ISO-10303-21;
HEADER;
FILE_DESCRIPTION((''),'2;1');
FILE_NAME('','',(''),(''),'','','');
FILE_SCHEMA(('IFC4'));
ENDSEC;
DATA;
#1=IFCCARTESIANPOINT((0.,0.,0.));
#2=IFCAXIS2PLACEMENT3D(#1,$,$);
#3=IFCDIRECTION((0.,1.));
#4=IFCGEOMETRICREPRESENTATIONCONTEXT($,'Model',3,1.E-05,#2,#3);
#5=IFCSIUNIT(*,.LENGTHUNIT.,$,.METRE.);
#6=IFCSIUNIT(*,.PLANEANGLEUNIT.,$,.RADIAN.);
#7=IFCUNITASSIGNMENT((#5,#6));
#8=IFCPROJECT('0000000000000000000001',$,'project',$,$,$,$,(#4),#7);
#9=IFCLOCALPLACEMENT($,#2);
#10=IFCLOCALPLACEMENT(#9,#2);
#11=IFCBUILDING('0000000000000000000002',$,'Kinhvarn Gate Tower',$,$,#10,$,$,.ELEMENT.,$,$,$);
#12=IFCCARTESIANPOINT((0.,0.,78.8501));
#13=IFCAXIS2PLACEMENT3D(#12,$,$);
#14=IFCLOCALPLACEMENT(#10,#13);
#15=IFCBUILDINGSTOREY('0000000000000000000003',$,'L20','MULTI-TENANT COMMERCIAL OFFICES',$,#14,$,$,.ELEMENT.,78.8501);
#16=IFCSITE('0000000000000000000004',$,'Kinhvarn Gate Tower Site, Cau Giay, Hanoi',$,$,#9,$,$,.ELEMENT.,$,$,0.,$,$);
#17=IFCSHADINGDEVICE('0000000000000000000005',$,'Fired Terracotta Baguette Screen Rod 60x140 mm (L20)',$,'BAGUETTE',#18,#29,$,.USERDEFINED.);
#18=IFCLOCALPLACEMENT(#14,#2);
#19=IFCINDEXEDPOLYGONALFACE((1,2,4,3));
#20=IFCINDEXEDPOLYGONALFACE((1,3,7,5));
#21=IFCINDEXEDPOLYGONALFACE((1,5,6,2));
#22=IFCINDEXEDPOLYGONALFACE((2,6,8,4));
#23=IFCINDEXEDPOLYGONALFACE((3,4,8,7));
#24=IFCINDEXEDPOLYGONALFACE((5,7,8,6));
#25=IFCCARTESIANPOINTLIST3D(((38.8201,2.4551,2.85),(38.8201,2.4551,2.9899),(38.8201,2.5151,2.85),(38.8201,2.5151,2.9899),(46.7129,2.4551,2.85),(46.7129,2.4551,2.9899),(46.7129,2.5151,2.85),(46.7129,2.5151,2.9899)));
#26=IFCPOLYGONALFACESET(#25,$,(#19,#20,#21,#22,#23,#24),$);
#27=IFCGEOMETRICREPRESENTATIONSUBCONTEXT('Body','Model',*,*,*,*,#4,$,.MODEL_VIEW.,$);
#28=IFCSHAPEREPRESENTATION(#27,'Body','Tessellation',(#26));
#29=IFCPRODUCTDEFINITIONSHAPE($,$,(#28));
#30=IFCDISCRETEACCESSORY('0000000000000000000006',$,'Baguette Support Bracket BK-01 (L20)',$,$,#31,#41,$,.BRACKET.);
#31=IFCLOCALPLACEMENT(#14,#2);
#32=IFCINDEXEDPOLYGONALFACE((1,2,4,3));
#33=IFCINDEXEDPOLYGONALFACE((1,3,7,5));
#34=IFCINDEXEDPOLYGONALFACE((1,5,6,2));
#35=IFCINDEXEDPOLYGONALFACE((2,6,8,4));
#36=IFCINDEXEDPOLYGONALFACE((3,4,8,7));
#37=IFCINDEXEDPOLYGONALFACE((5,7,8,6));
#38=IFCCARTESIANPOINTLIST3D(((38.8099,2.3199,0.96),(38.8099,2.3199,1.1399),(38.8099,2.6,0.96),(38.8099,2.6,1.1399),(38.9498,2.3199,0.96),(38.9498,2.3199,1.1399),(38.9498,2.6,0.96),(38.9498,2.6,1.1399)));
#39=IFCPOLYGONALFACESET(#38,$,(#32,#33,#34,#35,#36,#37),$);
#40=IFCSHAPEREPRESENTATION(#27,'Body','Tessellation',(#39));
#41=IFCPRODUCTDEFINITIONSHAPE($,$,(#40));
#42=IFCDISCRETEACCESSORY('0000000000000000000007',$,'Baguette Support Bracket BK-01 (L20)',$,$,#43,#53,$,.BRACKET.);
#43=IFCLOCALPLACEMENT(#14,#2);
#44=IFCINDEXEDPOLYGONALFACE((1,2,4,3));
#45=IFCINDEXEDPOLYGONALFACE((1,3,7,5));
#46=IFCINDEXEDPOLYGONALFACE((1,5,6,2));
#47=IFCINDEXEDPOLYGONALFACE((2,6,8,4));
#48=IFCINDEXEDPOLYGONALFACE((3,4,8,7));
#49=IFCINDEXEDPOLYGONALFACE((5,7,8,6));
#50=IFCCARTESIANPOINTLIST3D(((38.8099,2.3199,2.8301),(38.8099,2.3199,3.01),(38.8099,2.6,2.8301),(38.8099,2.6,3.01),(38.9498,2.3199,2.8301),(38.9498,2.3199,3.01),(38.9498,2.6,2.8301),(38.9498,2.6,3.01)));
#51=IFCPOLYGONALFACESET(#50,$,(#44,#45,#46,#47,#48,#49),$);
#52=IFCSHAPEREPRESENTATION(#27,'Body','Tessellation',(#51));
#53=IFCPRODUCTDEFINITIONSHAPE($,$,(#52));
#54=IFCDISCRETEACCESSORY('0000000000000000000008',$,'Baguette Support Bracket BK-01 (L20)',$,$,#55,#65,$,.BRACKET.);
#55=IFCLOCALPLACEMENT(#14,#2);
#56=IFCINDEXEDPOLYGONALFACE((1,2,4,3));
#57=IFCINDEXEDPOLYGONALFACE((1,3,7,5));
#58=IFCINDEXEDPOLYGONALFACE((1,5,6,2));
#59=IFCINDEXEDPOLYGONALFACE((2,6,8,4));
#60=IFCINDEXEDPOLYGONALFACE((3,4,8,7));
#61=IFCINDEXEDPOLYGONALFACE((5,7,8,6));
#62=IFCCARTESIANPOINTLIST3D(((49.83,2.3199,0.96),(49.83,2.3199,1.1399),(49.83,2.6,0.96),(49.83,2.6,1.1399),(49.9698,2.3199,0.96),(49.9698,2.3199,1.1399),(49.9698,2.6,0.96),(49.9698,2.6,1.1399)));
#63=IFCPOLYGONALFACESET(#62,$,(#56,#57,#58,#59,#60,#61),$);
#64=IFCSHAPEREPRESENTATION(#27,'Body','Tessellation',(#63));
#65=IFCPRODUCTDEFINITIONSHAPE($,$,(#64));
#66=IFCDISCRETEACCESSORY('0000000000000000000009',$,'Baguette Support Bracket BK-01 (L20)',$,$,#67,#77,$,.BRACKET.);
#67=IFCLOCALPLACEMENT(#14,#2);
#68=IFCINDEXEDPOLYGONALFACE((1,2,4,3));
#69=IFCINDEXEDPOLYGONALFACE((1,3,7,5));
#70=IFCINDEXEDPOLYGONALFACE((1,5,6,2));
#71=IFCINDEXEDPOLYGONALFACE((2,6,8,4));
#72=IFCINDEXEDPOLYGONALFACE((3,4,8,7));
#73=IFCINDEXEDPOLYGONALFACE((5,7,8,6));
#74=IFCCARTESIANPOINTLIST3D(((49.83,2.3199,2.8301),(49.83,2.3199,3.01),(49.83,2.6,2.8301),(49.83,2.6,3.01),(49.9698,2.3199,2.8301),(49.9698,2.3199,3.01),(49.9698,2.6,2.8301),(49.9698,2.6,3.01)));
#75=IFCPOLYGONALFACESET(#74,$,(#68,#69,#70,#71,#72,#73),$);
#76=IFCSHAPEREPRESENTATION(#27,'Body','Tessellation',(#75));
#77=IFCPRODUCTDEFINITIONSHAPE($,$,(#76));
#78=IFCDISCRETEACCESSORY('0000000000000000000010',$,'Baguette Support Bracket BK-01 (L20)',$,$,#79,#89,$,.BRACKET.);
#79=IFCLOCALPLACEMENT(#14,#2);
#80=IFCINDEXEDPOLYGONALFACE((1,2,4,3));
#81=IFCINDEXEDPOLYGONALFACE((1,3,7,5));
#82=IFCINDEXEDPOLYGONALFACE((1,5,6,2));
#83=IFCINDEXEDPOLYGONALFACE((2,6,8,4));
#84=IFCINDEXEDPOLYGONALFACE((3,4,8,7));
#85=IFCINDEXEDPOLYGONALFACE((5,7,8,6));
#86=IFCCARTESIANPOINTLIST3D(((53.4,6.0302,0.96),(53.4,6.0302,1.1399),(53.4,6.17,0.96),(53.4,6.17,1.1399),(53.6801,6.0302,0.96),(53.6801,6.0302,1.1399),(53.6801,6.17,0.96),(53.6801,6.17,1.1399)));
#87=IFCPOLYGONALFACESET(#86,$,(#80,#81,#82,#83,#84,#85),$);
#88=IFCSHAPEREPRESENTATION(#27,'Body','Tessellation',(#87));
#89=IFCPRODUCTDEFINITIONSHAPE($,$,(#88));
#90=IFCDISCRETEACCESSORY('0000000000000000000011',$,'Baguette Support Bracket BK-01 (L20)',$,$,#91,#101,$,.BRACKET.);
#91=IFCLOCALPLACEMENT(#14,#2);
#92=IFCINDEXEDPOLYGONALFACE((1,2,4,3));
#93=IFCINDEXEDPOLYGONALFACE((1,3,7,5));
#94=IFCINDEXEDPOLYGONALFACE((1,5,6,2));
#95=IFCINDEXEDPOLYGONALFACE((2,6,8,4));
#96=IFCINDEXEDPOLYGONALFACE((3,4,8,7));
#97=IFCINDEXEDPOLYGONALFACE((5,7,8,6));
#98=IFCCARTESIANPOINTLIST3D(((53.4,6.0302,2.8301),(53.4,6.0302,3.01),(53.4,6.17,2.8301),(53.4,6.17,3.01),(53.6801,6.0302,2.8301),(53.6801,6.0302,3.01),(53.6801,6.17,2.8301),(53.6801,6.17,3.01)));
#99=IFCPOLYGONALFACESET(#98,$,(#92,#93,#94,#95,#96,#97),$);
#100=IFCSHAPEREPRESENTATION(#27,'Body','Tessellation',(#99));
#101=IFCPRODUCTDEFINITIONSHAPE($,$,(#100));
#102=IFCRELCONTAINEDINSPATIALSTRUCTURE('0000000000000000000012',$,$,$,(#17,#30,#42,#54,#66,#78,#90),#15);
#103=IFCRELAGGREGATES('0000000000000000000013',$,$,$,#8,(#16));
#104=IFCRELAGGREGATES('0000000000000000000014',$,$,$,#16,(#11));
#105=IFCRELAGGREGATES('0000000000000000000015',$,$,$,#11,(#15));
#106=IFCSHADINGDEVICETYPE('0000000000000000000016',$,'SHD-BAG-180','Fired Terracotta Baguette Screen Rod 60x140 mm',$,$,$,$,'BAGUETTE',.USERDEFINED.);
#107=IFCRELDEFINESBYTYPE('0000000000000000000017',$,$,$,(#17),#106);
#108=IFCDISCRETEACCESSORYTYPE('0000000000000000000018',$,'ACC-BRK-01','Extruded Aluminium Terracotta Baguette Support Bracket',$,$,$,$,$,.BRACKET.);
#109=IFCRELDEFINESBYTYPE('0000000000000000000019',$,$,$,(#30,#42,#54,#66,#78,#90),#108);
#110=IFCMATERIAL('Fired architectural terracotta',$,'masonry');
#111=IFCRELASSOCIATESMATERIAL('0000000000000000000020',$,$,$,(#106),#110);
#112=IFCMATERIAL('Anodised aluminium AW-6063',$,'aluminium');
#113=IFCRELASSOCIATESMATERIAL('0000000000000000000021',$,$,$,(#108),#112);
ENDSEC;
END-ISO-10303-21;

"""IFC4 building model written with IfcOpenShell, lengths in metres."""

from ifc_helpers import new_model, si_unit, direction, frame, origin, origin_2d, place, context, subcontext, project, spatial, rectangle, extrude, material, material_profile, profile_set, type_object, element, save


model = new_model("IFC4")

# Units and contexts
model_context = context("Model", 3, precision=1e-05, world=origin(), true_north=direction((0.0, 1.0)))
body_context = subcontext(model_context, "Body", "Model", "MODEL_VIEW")
ifc_project = project(units=[si_unit("LENGTHUNIT", "METRE"), si_unit("PLANEANGLEUNIT", "RADIAN")], contexts=[model_context])

# Site, building, storey
site_placement = place(None, origin())
site = spatial("IfcSite", under=ifc_project, at=site_placement, Name="Kinhvarn Gate Tower Site, Cau Giay, Hanoi", CompositionType="ELEMENT", RefElevation=0.0)
building_placement = place(site_placement, origin())
building = spatial("IfcBuilding", under=site, at=building_placement, Name="Kinhvarn Gate Tower", CompositionType="ELEMENT")
storey_placement = place(building_placement, frame((0.0, 0.0, 78.8501)))
storey = spatial("IfcBuildingStorey", under=building, at=storey_placement, Name="L20", Description="MULTI-TENANT COMMERCIAL OFFICES", CompositionType="ELEMENT", Elevation=78.8501)

# Shared definitions
ifc_material_1 = material(Name="Anodised aluminium AW-6063", Category="aluminium")

# Shared definitions
ifc_material_2 = material(Name="Fired architectural terracotta", Category="masonry")

# Shading device
ifc_material_profile_1 = material_profile(ifc_material_2, rectangle(XDim=0.0601, YDim=0.1399, at=origin_2d()), Name="TC 60x140")
ifc_profile_set_1 = profile_set([ifc_material_profile_1], Name="Fired architectural terracotta")
shading_device_type = type_object("IfcShadingDeviceType", Name="SHD-BAG-180", Description="Fired Terracotta Baguette Screen Rod 60x140 mm", ElementType="BAGUETTE", PredefinedType="USERDEFINED", material=ifc_profile_set_1)
for number, where, z_axis, x_axis, name in (
    (1, (38.8201, 2.4851, 2.9199), (1.0, 0.0, 0.0), (0.0, 1.0, 0.0), "Fired Terracotta Baguette Screen Rod 60x140 mm (L20)"),
):
    element("IfcShadingDevice", number, at=place(storey_placement, frame(where, z_axis=z_axis, x_axis=x_axis)), inside=storey, type_object=shading_device_type, Name=name, ObjectType="BAGUETTE", PredefinedType="USERDEFINED", context=body_context, shape_type="SweptSolid", body=[
        extrude(rectangle(XDim=0.0601, YDim=0.1399, at=origin_2d()), origin(), (0.0, 0.0, 1.0), 7.8928),
    ])

# Discrete accessories
discrete_accessory_type = type_object("IfcDiscreteAccessoryType", Name="ACC-BRK-01", Description="Extruded Aluminium Terracotta Baguette Support Bracket", PredefinedType="BRACKET", material=ifc_material_1)
for number, where, z_axis, x_axis, name in (
    (2, (38.8799, 2.46, 0.96), (0.0, 0.0, 1.0), (1.0, 0.0, 0.0), "Baguette Support Bracket BK-01 (L20)"),
    (3, (38.8799, 2.46, 2.8301), (0.0, 0.0, 1.0), (1.0, 0.0, 0.0), "Baguette Support Bracket BK-01 (L20)"),
    (4, (49.8999, 2.46, 0.96), (0.0, 0.0, 1.0), (1.0, 0.0, 0.0), "Baguette Support Bracket BK-01 (L20)"),
    (5, (49.8999, 2.46, 2.8301), (0.0, 0.0, 1.0), (1.0, 0.0, 0.0), "Baguette Support Bracket BK-01 (L20)"),
    (6, (53.54, 6.1001, 0.96), (0.0, 0.0, 1.0), (0.0, 1.0, 0.0), "Baguette Support Bracket BK-01 (L20)"),
    (7, (53.54, 6.1001, 2.8301), (0.0, 0.0, 1.0), (0.0, 1.0, 0.0), "Baguette Support Bracket BK-01 (L20)"),
):
    element("IfcDiscreteAccessory", number, at=place(storey_placement, frame(where, z_axis=z_axis, x_axis=x_axis)), inside=storey, type_object=discrete_accessory_type, Name=name, PredefinedType="BRACKET", context=body_context, shape_type="SweptSolid", body=[
        extrude(rectangle(XDim=0.1399, YDim=0.28, at=origin_2d()), origin(), (0.0, 0.0, 1.0), 0.1799),
    ])

save(model, "model.ifc")
